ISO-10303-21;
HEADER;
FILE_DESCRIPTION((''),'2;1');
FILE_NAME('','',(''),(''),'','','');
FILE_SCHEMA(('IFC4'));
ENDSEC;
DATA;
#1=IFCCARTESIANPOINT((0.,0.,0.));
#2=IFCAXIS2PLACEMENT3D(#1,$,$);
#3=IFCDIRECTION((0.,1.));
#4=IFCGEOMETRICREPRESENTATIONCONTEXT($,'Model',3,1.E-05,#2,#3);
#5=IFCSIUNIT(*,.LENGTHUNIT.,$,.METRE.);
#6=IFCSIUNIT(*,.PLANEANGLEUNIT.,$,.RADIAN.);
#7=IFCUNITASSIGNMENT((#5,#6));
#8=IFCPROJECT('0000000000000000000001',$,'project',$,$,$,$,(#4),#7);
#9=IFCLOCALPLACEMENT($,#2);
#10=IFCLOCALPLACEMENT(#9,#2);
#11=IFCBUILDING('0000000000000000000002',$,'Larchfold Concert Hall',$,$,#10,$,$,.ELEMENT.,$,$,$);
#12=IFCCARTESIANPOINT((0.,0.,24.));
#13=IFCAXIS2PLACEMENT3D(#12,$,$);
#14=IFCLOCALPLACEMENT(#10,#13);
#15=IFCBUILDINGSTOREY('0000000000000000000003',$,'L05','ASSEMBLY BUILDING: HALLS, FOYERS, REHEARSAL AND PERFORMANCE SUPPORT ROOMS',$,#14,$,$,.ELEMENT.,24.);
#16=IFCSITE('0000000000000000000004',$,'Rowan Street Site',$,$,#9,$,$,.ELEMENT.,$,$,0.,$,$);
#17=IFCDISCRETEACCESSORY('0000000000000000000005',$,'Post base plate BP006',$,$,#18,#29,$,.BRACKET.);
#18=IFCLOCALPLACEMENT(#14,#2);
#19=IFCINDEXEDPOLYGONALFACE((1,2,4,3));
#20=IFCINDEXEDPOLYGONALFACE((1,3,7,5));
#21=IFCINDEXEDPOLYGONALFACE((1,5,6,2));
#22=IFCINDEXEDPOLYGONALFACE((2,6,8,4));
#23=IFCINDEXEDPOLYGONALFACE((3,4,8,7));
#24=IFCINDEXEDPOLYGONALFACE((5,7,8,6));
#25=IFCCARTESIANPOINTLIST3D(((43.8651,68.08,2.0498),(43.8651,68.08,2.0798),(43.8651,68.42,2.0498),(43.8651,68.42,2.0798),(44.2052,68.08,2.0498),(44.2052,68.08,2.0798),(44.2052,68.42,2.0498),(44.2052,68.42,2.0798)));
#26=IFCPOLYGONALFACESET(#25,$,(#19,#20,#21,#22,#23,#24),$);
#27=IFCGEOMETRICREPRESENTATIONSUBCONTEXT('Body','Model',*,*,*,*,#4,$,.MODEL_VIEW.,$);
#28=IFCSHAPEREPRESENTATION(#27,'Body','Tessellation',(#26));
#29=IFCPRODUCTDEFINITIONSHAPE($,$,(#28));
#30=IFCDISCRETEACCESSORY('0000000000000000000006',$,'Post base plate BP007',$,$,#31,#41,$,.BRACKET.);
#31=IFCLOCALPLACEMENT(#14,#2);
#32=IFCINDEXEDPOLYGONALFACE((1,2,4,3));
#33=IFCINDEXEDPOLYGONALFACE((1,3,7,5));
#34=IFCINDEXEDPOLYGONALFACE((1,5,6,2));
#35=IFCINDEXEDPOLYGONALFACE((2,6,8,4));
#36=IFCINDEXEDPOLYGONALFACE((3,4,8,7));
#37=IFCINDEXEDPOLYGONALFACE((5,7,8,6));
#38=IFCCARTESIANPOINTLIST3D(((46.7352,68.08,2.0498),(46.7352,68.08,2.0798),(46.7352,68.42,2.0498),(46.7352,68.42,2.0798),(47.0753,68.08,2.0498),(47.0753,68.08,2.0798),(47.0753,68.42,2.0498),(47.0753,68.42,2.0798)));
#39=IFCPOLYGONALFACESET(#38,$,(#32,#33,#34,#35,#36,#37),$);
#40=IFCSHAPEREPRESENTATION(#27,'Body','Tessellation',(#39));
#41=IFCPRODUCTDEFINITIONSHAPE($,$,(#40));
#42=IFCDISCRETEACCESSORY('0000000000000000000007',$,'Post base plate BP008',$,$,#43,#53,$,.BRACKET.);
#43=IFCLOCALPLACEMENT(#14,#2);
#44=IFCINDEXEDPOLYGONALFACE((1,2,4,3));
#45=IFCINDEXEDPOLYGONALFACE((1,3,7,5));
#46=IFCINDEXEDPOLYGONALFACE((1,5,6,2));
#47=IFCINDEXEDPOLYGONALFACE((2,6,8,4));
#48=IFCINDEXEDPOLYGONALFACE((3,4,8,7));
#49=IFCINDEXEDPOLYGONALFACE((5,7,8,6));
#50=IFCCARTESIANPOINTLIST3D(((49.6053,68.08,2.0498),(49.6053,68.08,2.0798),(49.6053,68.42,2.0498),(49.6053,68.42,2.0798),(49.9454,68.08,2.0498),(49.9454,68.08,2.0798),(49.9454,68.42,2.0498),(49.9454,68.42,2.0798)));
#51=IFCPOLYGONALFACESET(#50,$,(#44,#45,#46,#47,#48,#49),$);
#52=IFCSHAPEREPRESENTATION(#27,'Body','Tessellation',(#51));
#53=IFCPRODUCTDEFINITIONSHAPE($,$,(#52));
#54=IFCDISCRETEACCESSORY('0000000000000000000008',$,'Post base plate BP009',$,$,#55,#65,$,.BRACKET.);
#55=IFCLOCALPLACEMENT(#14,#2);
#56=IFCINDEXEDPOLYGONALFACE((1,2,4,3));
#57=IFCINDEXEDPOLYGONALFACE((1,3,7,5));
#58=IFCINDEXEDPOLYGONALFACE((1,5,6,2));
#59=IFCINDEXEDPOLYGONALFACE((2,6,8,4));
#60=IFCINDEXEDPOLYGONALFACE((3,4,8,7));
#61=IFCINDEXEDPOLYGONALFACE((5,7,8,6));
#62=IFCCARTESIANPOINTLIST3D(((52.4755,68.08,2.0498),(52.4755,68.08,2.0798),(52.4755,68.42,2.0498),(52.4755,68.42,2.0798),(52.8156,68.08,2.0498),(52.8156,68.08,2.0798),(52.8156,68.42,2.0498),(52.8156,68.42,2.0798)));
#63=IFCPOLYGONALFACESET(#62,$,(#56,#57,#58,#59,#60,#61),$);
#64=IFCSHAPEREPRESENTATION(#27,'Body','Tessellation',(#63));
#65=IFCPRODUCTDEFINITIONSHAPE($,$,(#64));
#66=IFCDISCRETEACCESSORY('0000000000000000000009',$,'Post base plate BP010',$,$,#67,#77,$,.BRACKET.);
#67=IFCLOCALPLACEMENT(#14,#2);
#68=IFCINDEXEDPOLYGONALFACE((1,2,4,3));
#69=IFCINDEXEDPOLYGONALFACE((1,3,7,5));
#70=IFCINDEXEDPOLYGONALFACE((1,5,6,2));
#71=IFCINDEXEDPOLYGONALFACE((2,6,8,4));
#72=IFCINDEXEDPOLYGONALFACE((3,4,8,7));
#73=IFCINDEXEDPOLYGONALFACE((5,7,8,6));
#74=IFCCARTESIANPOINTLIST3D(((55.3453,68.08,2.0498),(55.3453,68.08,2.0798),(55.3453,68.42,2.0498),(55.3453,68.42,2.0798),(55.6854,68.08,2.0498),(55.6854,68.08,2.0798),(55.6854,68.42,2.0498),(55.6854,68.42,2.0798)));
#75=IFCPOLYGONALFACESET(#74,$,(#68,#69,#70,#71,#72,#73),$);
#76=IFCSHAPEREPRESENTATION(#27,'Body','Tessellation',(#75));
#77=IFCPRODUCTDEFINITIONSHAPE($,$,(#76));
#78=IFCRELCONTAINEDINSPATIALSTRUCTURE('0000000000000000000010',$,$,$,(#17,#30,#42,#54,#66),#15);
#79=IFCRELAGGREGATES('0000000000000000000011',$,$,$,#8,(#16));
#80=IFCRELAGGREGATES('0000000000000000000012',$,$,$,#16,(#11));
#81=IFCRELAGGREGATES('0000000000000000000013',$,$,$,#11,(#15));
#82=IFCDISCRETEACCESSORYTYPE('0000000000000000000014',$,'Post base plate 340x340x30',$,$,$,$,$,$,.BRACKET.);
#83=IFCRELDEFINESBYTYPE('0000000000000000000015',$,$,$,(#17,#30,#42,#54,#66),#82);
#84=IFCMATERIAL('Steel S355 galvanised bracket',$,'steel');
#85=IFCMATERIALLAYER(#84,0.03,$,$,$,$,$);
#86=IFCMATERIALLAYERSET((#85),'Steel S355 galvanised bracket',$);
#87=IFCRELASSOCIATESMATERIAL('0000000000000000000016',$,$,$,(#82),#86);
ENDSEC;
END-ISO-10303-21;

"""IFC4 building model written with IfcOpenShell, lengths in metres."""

from ifc_helpers import new_model, si_unit, direction, frame, origin, origin_2d, place, context, subcontext, project, spatial, rectangle, extrude, material, layer, layer_set, type_object, element, save


model = new_model("IFC4")

# Units and contexts
model_context = context("Model", 3, precision=1e-05, world=origin(), true_north=direction((0.0, 1.0)))
body_context = subcontext(model_context, "Body", "Model", "MODEL_VIEW")
ifc_project = project(units=[si_unit("LENGTHUNIT", "METRE"), si_unit("PLANEANGLEUNIT", "RADIAN")], contexts=[model_context])

# Site, building, storey
site_placement = place(None, origin())
site = spatial("IfcSite", under=ifc_project, at=site_placement, Name="Rowan Street Site", CompositionType="ELEMENT", RefElevation=0.0)
building_placement = place(site_placement, origin())
building = spatial("IfcBuilding", under=site, at=building_placement, Name="Larchfold Concert Hall", CompositionType="ELEMENT")
storey_placement = place(building_placement, frame((0.0, 0.0, 24.0)))
storey = spatial("IfcBuildingStorey", under=building, at=storey_placement, Name="L05", Description="ASSEMBLY BUILDING: HALLS, FOYERS, REHEARSAL AND PERFORMANCE SUPPORT ROOMS", CompositionType="ELEMENT", Elevation=24.0)

# Discrete accessories
ifc_material_1 = material(Name="Steel S355 galvanised bracket", Category="steel")
ifc_layer_1 = layer(ifc_material_1, 0.03)
ifc_layer_set_1 = layer_set([ifc_layer_1], Name="Steel S355 galvanised bracket")
discrete_accessory_type_1 = type_object("IfcDiscreteAccessoryType", Name="Post base plate 340x340x30", PredefinedType="BRACKET", material=ifc_layer_set_1)
for number, where, z_axis, x_axis, name in (
    (1, (44.0352, 68.25, 2.0498), (0.0, 0.0, 1.0), (1.0, 0.0, 0.0), "Post base plate BP006"),
    (2, (46.9053, 68.25, 2.0498), (0.0, 0.0, 1.0), (1.0, 0.0, 0.0), "Post base plate BP007"),
    (3, (49.7754, 68.25, 2.0498), (0.0, 0.0, 1.0), (1.0, 0.0, 0.0), "Post base plate BP008"),
    (4, (52.6455, 68.25, 2.0498), (0.0, 0.0, 1.0), (1.0, 0.0, 0.0), "Post base plate BP009"),
    (5, (55.5154, 68.25, 2.0498), (0.0, 0.0, 1.0), (1.0, 0.0, 0.0), "Post base plate BP010"),
):
    element("IfcDiscreteAccessory", number, at=place(storey_placement, frame(where, z_axis=z_axis, x_axis=x_axis)), inside=storey, type_object=discrete_accessory_type_1, Name=name, PredefinedType="BRACKET", context=body_context, shape_type="SweptSolid", body=[
        extrude(rectangle(XDim=0.3401, YDim=0.3401, at=origin_2d()), origin(), (0.0, 0.0, 1.0), 0.03),
    ])

save(model, "model.ifc")
